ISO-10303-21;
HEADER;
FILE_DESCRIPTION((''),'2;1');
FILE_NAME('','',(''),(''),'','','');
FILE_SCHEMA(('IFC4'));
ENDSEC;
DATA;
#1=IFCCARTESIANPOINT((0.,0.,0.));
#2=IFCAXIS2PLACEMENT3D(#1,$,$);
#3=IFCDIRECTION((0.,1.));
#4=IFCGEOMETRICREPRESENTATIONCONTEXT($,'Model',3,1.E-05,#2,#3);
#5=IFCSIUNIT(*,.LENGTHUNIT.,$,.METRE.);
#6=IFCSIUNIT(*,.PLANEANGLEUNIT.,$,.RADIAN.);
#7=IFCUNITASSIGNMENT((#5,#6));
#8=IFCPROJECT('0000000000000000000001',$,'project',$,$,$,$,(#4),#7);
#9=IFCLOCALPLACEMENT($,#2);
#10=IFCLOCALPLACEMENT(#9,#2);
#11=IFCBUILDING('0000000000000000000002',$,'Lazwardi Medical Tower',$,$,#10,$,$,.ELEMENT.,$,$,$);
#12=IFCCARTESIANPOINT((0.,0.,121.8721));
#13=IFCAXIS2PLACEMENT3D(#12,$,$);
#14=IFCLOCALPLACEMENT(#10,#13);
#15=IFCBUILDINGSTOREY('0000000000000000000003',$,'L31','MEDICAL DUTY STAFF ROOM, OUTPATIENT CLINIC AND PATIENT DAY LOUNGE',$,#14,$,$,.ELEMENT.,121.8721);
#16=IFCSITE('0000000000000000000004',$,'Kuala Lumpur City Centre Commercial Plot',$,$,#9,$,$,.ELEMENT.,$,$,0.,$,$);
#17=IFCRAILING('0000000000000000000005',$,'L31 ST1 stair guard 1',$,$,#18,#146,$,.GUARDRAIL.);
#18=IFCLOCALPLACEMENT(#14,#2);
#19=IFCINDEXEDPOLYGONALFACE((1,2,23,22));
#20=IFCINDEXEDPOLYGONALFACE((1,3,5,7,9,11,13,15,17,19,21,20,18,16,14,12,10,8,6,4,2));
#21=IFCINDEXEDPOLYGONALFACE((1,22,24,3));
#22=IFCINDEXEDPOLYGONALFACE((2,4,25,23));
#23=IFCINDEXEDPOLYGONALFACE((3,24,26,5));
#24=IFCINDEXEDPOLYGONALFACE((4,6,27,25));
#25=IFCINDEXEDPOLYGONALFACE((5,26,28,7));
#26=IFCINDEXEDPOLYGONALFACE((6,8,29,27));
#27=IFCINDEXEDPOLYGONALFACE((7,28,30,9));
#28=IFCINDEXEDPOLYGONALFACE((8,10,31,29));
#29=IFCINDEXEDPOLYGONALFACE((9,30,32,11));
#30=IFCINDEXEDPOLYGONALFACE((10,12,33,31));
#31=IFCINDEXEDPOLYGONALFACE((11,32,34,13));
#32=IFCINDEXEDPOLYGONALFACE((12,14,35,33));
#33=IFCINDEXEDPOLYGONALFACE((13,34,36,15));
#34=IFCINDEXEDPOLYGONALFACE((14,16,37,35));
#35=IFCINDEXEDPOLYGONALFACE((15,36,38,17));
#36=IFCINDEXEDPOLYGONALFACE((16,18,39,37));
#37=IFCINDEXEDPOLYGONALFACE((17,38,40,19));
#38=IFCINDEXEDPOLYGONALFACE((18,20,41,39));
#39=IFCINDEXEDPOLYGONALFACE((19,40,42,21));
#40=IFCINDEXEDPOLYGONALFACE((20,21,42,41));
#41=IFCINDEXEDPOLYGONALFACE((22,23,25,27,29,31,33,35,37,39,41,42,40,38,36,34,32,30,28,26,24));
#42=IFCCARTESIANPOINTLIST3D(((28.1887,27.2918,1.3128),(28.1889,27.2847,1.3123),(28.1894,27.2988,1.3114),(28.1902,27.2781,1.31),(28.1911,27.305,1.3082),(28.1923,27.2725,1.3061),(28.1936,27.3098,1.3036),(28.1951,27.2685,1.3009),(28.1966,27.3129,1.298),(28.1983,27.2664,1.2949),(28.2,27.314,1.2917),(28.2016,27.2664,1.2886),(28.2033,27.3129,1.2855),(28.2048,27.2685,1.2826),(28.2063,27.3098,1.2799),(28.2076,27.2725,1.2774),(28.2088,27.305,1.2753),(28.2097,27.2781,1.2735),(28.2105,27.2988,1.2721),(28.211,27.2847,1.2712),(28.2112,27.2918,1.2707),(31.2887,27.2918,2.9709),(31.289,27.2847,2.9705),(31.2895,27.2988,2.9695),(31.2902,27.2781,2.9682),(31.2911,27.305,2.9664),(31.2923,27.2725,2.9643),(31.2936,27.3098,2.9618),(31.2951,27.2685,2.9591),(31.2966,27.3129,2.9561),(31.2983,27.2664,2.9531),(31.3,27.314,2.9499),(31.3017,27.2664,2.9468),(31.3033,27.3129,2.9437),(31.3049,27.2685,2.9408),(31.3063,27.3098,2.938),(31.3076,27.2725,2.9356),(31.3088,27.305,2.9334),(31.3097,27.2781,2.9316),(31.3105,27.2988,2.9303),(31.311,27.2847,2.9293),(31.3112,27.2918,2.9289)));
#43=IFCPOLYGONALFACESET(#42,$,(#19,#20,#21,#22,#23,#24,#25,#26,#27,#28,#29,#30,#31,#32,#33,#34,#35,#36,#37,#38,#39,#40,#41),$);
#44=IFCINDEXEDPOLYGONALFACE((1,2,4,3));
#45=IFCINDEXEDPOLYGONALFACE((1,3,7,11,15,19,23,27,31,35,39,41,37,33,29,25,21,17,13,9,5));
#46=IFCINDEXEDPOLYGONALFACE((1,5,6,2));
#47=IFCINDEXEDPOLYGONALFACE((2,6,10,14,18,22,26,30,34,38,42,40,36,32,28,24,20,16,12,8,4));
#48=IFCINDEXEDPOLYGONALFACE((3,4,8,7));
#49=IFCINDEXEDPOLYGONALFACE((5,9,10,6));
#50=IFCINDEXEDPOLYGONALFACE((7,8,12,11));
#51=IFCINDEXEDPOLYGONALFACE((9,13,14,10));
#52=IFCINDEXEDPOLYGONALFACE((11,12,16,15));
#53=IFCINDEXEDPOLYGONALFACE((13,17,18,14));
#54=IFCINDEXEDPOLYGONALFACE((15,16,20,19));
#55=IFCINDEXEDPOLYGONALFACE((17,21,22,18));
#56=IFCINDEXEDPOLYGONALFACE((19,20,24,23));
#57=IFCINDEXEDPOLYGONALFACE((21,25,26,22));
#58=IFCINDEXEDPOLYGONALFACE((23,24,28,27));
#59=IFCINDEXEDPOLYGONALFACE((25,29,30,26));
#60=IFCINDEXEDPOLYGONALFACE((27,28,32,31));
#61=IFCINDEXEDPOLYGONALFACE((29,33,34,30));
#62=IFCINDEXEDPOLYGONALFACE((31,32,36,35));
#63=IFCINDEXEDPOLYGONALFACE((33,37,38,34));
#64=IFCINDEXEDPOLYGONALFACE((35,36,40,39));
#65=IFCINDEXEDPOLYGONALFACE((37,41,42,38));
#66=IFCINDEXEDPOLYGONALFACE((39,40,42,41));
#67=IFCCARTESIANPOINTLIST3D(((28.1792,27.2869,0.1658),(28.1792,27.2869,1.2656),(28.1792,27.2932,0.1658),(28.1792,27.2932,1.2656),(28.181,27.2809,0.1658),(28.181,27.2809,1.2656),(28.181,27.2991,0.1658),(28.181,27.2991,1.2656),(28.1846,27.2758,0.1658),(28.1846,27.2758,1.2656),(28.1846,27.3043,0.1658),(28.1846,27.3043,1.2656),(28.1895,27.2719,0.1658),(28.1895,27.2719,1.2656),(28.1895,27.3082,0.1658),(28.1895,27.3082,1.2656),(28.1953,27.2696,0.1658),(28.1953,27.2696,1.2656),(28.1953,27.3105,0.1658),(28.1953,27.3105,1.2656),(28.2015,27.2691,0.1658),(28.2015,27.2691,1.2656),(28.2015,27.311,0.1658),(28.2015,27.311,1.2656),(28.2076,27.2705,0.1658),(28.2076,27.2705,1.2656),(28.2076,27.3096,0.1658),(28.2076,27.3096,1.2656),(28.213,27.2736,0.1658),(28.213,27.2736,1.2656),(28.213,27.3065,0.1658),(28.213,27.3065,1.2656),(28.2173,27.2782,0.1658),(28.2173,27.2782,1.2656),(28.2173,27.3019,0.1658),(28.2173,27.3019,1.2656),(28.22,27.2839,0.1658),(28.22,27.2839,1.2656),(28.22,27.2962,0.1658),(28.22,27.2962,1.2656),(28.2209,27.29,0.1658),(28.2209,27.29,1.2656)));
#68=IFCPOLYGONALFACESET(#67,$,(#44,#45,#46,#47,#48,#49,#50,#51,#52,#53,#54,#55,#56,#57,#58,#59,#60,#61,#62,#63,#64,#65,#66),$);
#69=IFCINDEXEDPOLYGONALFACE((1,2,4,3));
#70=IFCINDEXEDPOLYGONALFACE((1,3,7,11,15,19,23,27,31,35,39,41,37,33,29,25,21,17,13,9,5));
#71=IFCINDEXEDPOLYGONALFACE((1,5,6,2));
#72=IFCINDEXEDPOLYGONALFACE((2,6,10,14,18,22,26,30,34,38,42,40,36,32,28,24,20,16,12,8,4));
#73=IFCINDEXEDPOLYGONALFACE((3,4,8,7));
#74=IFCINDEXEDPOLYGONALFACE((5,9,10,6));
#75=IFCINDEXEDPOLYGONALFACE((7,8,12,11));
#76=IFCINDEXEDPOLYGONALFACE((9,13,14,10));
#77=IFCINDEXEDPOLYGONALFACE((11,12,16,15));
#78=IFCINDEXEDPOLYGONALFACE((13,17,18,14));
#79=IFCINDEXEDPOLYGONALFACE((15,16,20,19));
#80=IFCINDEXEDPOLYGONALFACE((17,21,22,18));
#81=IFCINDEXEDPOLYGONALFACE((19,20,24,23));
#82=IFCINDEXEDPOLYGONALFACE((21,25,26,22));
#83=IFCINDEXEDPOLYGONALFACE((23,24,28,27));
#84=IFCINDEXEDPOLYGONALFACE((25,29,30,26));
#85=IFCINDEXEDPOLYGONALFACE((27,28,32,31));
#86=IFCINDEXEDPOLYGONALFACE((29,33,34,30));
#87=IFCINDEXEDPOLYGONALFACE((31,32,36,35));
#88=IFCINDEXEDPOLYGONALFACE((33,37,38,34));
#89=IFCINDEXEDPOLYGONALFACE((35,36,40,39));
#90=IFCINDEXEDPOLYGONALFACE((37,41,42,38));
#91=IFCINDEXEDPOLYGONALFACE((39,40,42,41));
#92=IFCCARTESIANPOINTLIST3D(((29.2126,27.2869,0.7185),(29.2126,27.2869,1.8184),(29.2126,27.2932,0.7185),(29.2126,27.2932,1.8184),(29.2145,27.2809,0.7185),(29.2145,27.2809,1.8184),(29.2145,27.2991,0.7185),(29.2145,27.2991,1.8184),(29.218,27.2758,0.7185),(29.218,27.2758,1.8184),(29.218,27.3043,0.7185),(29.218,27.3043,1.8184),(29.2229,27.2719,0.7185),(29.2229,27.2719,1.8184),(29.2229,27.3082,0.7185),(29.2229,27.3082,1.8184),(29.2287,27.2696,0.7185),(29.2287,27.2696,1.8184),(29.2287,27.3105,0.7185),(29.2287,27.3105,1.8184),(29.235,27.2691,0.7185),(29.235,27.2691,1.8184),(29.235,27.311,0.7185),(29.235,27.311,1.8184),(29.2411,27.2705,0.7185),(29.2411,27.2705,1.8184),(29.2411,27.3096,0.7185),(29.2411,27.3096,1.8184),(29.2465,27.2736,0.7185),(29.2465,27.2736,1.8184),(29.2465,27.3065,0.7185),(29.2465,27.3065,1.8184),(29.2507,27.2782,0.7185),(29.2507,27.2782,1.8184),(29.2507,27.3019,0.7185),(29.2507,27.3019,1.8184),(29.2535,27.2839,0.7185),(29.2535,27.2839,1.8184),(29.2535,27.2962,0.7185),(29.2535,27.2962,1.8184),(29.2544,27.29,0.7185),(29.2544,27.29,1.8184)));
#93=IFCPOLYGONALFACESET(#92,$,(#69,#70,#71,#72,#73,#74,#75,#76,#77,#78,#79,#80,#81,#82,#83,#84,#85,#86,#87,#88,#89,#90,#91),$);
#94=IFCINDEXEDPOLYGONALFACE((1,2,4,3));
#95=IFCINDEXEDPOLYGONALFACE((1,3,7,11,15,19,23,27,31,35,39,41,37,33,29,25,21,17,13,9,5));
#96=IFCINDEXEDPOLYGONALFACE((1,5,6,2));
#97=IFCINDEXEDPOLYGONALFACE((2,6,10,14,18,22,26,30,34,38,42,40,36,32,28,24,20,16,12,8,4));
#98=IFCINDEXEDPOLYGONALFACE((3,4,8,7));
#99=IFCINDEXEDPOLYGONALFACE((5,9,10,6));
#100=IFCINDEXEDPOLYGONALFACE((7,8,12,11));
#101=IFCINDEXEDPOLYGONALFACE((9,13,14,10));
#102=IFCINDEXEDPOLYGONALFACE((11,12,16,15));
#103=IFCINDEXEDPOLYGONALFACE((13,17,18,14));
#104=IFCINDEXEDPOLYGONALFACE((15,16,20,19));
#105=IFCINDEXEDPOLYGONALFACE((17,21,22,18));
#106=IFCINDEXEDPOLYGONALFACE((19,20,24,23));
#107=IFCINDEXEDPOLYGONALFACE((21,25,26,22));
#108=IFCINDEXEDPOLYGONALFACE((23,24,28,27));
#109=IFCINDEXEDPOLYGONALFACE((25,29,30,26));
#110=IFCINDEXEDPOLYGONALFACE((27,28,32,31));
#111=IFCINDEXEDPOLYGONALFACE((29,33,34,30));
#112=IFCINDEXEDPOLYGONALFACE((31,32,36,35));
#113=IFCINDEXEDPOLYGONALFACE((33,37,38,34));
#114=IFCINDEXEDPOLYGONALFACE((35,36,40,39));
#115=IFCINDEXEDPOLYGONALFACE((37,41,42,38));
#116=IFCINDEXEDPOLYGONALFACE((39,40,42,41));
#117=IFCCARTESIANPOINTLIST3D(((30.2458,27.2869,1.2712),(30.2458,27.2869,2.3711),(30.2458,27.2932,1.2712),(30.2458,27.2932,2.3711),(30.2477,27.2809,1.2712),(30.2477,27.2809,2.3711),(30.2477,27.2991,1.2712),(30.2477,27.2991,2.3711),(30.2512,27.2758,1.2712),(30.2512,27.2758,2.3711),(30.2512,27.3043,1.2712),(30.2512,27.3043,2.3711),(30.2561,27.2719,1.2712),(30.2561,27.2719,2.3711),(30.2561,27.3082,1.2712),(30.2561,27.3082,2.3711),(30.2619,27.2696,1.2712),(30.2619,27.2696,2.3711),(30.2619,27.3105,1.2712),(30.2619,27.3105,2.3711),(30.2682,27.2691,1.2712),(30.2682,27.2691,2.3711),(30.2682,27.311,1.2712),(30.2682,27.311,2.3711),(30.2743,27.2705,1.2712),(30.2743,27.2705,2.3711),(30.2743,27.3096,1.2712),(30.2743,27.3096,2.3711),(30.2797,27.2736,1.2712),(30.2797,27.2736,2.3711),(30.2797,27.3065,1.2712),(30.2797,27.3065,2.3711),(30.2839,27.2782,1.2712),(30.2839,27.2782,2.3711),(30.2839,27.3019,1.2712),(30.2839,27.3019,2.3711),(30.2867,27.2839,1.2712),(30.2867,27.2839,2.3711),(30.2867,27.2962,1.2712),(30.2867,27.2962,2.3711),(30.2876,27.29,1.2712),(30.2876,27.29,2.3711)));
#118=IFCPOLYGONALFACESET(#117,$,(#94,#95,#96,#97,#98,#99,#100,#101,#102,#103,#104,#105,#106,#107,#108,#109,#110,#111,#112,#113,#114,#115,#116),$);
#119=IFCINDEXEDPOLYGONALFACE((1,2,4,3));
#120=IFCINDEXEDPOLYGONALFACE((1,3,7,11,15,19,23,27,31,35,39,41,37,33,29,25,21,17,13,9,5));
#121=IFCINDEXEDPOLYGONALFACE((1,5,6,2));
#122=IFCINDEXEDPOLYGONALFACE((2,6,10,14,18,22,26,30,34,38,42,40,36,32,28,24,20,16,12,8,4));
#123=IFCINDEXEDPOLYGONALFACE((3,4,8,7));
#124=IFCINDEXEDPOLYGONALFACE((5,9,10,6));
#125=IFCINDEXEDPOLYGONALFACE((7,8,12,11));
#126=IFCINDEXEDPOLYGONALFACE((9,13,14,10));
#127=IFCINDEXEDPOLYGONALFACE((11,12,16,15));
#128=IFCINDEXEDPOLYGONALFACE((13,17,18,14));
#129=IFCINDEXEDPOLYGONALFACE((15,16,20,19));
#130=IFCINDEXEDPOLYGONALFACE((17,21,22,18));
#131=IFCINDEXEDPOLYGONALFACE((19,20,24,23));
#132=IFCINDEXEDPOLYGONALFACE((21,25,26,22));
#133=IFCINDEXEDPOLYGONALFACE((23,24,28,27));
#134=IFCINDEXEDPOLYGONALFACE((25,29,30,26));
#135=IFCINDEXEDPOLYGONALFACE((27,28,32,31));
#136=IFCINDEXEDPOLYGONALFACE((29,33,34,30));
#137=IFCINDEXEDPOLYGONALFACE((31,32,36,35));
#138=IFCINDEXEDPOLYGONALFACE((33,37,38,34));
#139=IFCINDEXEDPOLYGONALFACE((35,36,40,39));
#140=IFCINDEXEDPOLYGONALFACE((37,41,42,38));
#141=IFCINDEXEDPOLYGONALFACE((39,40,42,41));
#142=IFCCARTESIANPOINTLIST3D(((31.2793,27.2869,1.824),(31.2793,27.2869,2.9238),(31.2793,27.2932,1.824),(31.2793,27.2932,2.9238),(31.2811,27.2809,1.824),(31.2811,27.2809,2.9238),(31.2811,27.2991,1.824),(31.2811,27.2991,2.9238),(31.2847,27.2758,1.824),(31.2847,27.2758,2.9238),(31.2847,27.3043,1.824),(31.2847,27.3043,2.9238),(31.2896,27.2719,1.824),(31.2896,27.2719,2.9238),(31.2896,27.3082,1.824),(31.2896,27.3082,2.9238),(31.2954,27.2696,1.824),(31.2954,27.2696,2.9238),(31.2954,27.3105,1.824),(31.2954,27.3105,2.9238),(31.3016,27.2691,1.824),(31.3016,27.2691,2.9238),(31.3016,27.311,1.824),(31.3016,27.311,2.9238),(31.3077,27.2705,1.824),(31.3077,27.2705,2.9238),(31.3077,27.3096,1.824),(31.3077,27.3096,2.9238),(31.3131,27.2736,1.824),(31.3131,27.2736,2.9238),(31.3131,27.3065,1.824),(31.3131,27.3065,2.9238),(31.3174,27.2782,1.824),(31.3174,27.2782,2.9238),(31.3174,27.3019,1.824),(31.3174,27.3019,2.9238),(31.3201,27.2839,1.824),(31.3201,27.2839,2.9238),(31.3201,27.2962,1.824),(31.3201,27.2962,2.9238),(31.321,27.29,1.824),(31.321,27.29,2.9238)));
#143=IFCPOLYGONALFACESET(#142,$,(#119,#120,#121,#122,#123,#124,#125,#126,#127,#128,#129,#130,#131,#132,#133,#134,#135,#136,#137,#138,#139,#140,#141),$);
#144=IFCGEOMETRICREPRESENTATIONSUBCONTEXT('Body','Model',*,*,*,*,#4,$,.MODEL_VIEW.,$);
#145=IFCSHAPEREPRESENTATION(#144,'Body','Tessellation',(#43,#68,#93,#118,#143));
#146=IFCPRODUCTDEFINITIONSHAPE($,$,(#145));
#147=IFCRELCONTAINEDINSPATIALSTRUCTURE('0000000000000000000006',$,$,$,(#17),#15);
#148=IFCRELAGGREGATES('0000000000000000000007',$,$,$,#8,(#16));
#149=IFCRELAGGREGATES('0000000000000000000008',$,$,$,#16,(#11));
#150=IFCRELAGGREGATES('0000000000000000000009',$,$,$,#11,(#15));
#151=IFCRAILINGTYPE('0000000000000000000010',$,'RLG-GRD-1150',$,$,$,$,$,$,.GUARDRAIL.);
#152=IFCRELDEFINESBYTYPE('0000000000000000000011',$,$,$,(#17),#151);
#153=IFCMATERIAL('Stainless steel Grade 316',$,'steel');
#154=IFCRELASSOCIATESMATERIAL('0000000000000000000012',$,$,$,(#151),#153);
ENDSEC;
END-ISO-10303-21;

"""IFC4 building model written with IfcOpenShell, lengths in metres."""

from ifc_helpers import new_model, si_unit, direction, frame, origin, origin_2d, place, context, subcontext, project, spatial, circle, extrude, material, type_object, element, save


model = new_model("IFC4")

# Units and contexts
model_context = context("Model", 3, precision=1e-05, world=origin(), true_north=direction((0.0, 1.0)))
body_context = subcontext(model_context, "Body", "Model", "MODEL_VIEW")
ifc_project = project(units=[si_unit("LENGTHUNIT", "METRE"), si_unit("PLANEANGLEUNIT", "RADIAN")], contexts=[model_context])

# Site, building, storey
site_placement = place(None, origin())
site = spatial("IfcSite", under=ifc_project, at=site_placement, Name="Kuala Lumpur City Centre Commercial Plot", CompositionType="ELEMENT", RefElevation=0.0)
building_placement = place(site_placement, origin())
building = spatial("IfcBuilding", under=site, at=building_placement, Name="Lazwardi Medical Tower", CompositionType="ELEMENT")
storey_placement = place(building_placement, frame((0.0, 0.0, 121.8721)))
storey = spatial("IfcBuildingStorey", under=building, at=storey_placement, Name="L31", Description="MEDICAL DUTY STAFF ROOM, OUTPATIENT CLINIC AND PATIENT DAY LOUNGE", CompositionType="ELEMENT", Elevation=121.8721)

# Railing
ifc_material_1 = material(Name="Stainless steel Grade 316", Category="steel")
railing_type_1 = type_object("IfcRailingType", Name="RLG-GRD-1150", PredefinedType="GUARDRAIL", material=ifc_material_1)
railing_1_placement = place(storey_placement, frame((28.2, 27.29, 0.1658)))
element("IfcRailing", 1, at=railing_1_placement, inside=storey, type_object=railing_type_1, Name="L31 ST1 stair guard 1", PredefinedType="GUARDRAIL", context=body_context, shape_type="SweptSolid", body=[
    extrude(circle(Radius=0.0239, at=origin_2d()), frame((0.0, 0.0, 1.126), z_axis=(0.881783, 0.0, 0.471655), x_axis=(0.0, 1.0, 0.0)), (0.0, 0.0, 1.0), 3.5156),
    extrude(circle(Radius=0.021, at=origin_2d()), origin(), (0.0, 0.0, 1.0), 1.0999),
    extrude(circle(Radius=0.021, at=origin_2d()), frame((1.0334, 0.0, 0.5527)), (0.0, 0.0, 1.0), 1.0999),
    extrude(circle(Radius=0.021, at=origin_2d()), frame((2.0667, 0.0, 1.1055)), (0.0, 0.0, 1.0), 1.0999),
    extrude(circle(Radius=0.021, at=origin_2d()), frame((3.1001, 0.0, 1.6582)), (0.0, 0.0, 1.0), 1.0999),
])

save(model, "model.ifc")
